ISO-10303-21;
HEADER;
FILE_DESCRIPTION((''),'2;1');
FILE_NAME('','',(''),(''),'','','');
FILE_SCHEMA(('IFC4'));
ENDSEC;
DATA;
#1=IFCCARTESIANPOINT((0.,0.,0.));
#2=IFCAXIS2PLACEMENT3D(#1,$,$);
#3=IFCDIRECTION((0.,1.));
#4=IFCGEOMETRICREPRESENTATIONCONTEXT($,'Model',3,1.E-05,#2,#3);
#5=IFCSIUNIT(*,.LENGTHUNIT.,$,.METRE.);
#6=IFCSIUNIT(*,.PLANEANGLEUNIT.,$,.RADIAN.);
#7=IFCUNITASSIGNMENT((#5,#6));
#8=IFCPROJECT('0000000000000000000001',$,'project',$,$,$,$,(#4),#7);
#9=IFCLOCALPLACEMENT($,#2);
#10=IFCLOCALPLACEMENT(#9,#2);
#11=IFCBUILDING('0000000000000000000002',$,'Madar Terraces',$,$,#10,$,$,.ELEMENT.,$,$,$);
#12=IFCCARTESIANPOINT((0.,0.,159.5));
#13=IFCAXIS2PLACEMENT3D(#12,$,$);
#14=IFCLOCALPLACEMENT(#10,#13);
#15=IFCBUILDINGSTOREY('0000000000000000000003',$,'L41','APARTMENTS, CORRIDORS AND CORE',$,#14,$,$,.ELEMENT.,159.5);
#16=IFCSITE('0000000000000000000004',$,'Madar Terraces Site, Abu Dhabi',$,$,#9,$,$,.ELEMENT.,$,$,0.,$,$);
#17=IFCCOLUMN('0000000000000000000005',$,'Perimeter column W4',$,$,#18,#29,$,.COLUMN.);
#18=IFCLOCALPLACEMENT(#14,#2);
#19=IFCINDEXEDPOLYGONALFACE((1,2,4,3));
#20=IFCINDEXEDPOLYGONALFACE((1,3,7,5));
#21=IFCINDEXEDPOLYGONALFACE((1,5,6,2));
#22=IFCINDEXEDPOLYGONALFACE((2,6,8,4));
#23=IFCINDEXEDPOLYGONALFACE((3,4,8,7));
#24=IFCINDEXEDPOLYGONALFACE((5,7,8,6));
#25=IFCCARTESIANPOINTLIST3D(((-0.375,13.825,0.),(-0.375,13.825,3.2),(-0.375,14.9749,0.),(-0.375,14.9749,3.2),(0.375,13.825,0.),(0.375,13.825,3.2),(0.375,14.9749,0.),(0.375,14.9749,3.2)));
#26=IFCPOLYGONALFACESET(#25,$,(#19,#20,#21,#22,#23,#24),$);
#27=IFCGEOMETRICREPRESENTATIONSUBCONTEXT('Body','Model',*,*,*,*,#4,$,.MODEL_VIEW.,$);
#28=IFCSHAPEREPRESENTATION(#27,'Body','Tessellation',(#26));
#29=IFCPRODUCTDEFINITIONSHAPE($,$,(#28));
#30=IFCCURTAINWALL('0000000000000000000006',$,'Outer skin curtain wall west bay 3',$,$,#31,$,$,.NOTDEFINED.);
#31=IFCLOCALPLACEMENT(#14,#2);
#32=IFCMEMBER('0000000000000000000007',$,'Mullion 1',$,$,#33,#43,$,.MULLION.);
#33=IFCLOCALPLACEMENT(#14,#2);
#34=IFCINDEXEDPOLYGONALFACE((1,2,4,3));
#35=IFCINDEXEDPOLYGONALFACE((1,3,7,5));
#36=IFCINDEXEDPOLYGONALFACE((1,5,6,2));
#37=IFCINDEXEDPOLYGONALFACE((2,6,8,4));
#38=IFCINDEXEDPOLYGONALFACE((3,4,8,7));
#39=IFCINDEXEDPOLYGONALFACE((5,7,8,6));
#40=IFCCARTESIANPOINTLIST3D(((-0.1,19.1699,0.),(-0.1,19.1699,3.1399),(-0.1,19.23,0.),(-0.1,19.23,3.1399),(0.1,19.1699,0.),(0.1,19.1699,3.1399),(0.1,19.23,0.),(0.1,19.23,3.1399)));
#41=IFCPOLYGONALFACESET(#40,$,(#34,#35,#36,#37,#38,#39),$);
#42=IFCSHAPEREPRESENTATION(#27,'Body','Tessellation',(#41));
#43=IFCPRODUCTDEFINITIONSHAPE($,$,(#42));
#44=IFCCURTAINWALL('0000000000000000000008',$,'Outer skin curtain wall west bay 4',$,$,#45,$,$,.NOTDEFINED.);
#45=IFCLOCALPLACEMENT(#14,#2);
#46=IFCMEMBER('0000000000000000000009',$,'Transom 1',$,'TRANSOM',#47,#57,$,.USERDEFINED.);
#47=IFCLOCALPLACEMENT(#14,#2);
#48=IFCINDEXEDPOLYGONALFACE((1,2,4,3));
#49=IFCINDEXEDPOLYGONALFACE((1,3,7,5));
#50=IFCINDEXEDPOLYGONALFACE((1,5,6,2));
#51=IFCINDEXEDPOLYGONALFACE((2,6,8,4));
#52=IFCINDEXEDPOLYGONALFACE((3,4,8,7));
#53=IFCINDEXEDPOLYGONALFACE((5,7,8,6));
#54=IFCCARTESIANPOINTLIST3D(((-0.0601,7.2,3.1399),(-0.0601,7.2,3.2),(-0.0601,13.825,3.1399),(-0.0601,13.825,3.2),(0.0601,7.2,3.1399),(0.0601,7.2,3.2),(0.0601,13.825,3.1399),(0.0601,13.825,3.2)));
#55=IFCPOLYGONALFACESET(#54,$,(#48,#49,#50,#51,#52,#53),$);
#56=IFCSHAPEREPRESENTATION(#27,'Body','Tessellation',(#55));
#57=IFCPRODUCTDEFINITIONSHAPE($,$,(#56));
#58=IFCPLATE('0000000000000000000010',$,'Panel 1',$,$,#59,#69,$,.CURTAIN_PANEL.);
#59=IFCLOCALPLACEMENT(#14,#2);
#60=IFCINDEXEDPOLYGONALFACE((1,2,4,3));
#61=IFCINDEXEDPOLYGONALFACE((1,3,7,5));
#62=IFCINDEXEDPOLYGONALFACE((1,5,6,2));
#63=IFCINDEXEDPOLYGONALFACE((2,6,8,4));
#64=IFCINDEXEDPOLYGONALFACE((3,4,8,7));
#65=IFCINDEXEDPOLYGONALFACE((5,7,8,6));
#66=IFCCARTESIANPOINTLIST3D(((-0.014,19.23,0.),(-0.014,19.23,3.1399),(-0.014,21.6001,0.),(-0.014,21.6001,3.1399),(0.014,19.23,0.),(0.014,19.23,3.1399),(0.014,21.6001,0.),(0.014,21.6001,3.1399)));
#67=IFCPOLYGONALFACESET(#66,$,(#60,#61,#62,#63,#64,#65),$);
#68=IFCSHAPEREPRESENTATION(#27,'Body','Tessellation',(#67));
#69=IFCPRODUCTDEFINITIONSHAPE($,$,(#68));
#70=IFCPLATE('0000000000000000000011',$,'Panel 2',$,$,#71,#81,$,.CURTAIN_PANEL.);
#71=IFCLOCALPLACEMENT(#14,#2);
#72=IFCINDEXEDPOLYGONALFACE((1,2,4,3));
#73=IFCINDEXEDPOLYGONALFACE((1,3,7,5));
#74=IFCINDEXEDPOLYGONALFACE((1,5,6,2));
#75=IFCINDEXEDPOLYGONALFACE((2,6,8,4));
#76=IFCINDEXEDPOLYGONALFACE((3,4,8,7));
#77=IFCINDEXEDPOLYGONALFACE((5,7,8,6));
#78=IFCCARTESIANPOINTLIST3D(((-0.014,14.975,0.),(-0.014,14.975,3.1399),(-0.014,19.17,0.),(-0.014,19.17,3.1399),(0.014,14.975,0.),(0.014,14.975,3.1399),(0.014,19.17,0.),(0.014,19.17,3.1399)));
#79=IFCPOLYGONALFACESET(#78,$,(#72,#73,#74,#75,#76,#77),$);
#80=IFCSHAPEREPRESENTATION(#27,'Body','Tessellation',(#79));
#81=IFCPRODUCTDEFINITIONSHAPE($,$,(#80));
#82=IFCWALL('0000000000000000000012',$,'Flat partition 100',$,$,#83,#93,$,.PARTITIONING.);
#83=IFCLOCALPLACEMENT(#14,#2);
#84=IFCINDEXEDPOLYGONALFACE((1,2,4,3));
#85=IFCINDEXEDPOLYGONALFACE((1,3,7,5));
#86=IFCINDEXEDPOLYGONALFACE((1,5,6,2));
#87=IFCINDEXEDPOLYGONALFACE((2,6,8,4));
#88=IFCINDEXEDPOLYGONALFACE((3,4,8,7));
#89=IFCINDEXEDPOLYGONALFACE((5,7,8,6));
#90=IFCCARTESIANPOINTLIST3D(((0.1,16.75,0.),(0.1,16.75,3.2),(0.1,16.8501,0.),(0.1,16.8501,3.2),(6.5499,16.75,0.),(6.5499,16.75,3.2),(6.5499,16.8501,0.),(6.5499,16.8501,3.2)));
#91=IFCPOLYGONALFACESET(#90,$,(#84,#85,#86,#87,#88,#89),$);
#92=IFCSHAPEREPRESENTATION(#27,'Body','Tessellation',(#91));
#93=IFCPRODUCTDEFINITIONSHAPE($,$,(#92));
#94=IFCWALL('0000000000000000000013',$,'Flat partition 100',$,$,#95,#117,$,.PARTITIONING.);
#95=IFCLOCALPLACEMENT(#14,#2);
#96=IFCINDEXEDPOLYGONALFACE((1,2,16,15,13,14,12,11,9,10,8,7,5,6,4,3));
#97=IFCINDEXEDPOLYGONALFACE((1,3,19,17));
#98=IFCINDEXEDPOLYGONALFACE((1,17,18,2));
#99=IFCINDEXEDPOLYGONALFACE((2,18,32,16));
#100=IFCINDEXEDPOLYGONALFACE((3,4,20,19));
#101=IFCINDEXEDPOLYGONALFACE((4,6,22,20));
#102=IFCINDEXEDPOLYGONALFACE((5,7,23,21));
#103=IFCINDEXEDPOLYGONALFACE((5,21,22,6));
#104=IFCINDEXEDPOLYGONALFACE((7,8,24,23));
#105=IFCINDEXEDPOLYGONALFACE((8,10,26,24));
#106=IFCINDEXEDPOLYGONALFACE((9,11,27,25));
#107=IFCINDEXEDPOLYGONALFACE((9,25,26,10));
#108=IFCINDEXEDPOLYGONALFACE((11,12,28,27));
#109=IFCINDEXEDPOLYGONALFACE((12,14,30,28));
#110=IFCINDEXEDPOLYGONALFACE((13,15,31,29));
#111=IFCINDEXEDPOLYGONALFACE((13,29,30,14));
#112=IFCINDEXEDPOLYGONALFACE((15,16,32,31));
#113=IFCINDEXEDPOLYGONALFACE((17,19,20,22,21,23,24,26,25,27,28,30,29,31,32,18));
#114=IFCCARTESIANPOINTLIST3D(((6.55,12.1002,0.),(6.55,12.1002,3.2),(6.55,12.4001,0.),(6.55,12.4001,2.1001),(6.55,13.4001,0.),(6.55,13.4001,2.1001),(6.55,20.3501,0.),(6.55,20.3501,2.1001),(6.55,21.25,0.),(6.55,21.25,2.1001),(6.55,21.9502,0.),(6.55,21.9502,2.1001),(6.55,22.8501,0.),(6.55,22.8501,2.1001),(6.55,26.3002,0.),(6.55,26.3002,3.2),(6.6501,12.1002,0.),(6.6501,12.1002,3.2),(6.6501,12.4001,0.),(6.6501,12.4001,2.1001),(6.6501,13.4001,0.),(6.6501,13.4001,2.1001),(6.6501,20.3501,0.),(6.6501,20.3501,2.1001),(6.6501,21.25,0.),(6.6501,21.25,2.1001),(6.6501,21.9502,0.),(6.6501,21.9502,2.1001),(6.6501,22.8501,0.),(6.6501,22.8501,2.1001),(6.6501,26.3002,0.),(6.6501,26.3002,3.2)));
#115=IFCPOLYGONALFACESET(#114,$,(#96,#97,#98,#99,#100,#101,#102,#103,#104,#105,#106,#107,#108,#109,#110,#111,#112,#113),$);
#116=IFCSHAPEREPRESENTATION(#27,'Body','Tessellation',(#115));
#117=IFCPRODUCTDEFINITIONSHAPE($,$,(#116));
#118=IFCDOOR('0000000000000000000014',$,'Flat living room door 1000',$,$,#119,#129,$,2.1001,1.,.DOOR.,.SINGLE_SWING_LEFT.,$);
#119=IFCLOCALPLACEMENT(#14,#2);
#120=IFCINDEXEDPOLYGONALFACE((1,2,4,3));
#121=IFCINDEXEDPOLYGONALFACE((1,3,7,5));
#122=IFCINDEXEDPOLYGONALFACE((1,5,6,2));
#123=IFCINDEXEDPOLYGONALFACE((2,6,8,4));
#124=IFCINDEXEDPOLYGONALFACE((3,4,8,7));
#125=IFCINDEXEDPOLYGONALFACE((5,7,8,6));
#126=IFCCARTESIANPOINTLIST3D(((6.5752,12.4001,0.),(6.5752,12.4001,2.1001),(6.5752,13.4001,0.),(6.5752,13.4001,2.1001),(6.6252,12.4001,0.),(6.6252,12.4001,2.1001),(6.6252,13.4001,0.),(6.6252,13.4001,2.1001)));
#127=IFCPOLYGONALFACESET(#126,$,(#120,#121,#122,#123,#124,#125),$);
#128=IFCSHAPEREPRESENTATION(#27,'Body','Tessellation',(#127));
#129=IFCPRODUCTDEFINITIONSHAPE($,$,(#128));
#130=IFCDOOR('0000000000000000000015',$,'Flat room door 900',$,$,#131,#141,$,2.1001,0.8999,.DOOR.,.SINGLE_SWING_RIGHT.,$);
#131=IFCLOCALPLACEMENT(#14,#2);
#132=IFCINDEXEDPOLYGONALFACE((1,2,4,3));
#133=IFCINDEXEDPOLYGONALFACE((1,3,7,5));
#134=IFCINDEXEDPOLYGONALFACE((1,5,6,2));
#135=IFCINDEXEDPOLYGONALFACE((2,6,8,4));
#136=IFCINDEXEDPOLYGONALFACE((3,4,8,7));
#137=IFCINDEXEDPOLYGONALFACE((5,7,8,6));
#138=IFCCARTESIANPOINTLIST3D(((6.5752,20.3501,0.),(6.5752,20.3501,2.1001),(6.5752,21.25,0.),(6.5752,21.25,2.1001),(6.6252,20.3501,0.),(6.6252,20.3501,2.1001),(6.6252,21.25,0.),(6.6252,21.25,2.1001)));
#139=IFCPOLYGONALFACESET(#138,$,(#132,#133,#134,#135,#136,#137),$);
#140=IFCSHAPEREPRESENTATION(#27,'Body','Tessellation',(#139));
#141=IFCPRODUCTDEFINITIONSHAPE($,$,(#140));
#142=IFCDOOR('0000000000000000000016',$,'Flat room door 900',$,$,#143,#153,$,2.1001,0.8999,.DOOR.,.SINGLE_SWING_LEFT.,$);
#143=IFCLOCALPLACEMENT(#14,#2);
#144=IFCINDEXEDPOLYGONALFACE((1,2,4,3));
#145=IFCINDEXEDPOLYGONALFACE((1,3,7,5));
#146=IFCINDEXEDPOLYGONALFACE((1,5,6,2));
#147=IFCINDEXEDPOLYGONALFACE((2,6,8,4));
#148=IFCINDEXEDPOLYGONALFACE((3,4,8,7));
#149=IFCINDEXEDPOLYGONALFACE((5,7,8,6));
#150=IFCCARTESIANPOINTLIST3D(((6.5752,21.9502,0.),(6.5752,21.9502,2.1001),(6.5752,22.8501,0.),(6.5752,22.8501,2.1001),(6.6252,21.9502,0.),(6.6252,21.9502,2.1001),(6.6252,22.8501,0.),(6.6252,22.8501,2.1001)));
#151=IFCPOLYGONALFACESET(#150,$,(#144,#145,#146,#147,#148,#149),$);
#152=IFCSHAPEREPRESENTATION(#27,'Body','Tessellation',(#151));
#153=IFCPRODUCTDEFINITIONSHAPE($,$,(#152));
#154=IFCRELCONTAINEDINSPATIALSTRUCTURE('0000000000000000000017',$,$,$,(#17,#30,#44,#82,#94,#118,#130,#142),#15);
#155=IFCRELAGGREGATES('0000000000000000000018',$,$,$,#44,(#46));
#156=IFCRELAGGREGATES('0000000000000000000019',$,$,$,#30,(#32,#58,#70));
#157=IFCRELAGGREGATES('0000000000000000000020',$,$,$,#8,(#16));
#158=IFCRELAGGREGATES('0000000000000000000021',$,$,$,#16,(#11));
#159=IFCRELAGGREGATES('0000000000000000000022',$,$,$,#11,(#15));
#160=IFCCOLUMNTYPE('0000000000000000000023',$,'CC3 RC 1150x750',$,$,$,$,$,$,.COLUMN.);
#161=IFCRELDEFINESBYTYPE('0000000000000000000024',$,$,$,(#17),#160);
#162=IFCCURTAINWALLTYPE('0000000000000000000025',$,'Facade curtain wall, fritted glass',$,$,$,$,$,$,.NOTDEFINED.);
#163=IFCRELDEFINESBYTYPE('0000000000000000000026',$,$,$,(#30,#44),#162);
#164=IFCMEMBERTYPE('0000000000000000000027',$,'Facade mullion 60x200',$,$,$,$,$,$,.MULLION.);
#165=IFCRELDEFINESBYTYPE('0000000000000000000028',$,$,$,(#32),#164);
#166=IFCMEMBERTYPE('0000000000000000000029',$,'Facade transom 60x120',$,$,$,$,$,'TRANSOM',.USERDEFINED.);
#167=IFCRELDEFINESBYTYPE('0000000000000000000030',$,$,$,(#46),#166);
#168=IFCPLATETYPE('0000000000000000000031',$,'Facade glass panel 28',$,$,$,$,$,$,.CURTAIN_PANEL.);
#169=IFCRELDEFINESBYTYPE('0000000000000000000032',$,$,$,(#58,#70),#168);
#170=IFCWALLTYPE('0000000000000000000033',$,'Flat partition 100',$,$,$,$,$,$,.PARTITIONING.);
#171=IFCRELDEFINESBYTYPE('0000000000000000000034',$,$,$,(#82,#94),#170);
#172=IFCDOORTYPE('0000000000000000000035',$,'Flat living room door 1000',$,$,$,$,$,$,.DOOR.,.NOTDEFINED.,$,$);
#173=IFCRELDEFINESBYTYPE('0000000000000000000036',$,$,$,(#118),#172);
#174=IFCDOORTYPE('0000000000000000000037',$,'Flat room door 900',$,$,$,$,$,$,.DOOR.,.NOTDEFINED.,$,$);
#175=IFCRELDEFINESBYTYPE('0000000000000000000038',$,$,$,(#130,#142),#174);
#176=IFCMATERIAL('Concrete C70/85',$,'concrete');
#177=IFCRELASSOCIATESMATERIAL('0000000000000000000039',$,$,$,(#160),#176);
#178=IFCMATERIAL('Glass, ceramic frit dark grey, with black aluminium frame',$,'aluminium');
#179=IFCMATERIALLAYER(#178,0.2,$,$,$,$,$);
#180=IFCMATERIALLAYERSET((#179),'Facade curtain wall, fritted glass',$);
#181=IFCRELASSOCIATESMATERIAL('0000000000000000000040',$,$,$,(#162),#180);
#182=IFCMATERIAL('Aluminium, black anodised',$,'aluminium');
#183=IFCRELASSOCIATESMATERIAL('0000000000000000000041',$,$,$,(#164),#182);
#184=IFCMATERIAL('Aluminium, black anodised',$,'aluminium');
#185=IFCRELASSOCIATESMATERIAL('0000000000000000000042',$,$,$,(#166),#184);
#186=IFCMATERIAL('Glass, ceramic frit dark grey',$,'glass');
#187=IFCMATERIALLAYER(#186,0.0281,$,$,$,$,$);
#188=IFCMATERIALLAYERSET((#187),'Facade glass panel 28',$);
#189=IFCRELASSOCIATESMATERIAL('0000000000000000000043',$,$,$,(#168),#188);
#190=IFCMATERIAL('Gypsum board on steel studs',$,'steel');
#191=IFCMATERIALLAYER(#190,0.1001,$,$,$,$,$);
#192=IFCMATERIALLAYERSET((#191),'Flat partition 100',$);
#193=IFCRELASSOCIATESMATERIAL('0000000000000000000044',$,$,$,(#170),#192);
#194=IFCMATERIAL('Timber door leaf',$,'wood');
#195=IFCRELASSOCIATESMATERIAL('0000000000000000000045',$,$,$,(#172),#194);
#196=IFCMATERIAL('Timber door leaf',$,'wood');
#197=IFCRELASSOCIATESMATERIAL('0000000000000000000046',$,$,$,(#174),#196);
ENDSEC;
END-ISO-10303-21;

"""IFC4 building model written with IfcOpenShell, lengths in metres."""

from ifc_helpers import new_model, si_unit, direction, frame, frame_2d, origin, origin_2d, place, context, subcontext, project, spatial, rectangle, extrude, material, layer, layer_set, material_profile, profile_set, type_object, element, fill, aggregate, save


model = new_model("IFC4")

# Units and contexts
model_context = context("Model", 3, precision=1e-05, world=origin(), true_north=direction((0.0, 1.0)))
body_context = subcontext(model_context, "Body", "Model", "MODEL_VIEW")
ifc_project = project(units=[si_unit("LENGTHUNIT", "METRE"), si_unit("PLANEANGLEUNIT", "RADIAN")], contexts=[model_context])

# Site, building, storey
site_placement = place(None, origin())
site = spatial("IfcSite", under=ifc_project, at=site_placement, Name="Madar Terraces Site, Abu Dhabi", CompositionType="ELEMENT", RefElevation=0.0)
building_placement = place(site_placement, origin())
building = spatial("IfcBuilding", under=site, at=building_placement, Name="Madar Terraces", CompositionType="ELEMENT")
storey_placement = place(building_placement, frame((0.0, 0.0, 159.5)))
storey = spatial("IfcBuildingStorey", under=building, at=storey_placement, Name="L41", Description="APARTMENTS, CORRIDORS AND CORE", CompositionType="ELEMENT", Elevation=159.5)

# Column
ifc_material_1 = material(Name="Concrete C70/85", Category="concrete")
ifc_material_profile_1 = material_profile(ifc_material_1, rectangle(XDim=1.1499, YDim=0.75, at=origin_2d()), Name="CC3 RC 1150x750")
ifc_profile_set_1 = profile_set([ifc_material_profile_1], Name="Concrete C70/85")
column_type = type_object("IfcColumnType", Name="CC3 RC 1150x750", PredefinedType="COLUMN", material=ifc_profile_set_1)
column_placement = place(storey_placement, frame((0.0, 14.3999, 0.0), z_axis=(0.0, 0.0, 1.0), x_axis=(0.0, 1.0, 0.0)))
element("IfcColumn", 1, at=column_placement, inside=storey, type_object=column_type, Name="Perimeter column W4", PredefinedType="COLUMN", context=body_context, shape_type="SweptSolid", body=[
    extrude(rectangle(XDim=1.1499, YDim=0.75, at=origin_2d()), origin(), (0.0, 0.0, 1.0), 3.2),
])

# Curtain walls, members
ifc_material_2 = material(Name="Glass, ceramic frit dark grey, with black aluminium frame", Category="aluminium")
ifc_layer_1 = layer(ifc_material_2, 0.2)
ifc_layer_set_1 = layer_set([ifc_layer_1], Name="Facade curtain wall, fritted glass")
curtain_wall_type = type_object("IfcCurtainWallType", Name="Facade curtain wall, fritted glass", PredefinedType="NOTDEFINED", material=ifc_layer_set_1)
curtain_wall_1_placement = place(storey_placement, origin())
curtain_wall_1 = element("IfcCurtainWall", 2, at=curtain_wall_1_placement, inside=storey, type_object=curtain_wall_type, Name="Outer skin curtain wall west bay 3", PredefinedType="NOTDEFINED")
ifc_material_3 = material(Name="Aluminium, black anodised", Category="aluminium")
ifc_material_profile_2 = material_profile(ifc_material_3, rectangle(XDim=0.2, YDim=0.0601, at=origin_2d()), Name="Facade mullion 60x200")
ifc_profile_set_2 = profile_set([ifc_material_profile_2], Name="Aluminium, black anodised")
member_type_1 = type_object("IfcMemberType", Name="Facade mullion 60x200", PredefinedType="MULLION", material=ifc_profile_set_2)
member_1_placement = place(storey_placement, frame((0.0, 19.2, 0.0), z_axis=(0.0, 0.0, 1.0), x_axis=(1.0, 0.0, 0.0)))
member_1 = element("IfcMember", 3, at=member_1_placement, type_object=member_type_1, Name="Mullion 1", PredefinedType="MULLION", context=body_context, shape_type="SweptSolid", body=[
    extrude(rectangle(XDim=0.2, YDim=0.0601, at=origin_2d()), origin(), (0.0, 0.0, 1.0), 3.1399),
])
curtain_wall_2_placement = place(storey_placement, origin())
curtain_wall_2 = element("IfcCurtainWall", 4, at=curtain_wall_2_placement, inside=storey, type_object=curtain_wall_type, Name="Outer skin curtain wall west bay 4", PredefinedType="NOTDEFINED")
ifc_material_4 = material(Name="Aluminium, black anodised", Category="aluminium")
ifc_material_profile_3 = material_profile(ifc_material_4, rectangle(XDim=0.1201, YDim=0.0601, at=origin_2d()), Name="Facade transom 60x120")
ifc_profile_set_3 = profile_set([ifc_material_profile_3], Name="Aluminium, black anodised")
member_type_2 = type_object("IfcMemberType", Name="Facade transom 60x120", ElementType="TRANSOM", PredefinedType="USERDEFINED", material=ifc_profile_set_3)
member_2_placement = place(storey_placement, frame((0.0, 13.825, 3.1699), z_axis=(0.0, -1.0, 0.0), x_axis=(1.0, 0.0, 0.0)))
member_2 = element("IfcMember", 5, at=member_2_placement, type_object=member_type_2, Name="Transom 1", ObjectType="TRANSOM", PredefinedType="USERDEFINED", context=body_context, shape_type="SweptSolid", body=[
    extrude(rectangle(XDim=0.1201, YDim=0.0601, at=origin_2d()), origin(), (0.0, 0.0, 1.0), 6.625),
])
aggregate(curtain_wall_2, [member_2])

# Plates
ifc_material_5 = material(Name="Glass, ceramic frit dark grey", Category="glass")
ifc_layer_2 = layer(ifc_material_5, 0.0281)
ifc_layer_set_2 = layer_set([ifc_layer_2], Name="Facade glass panel 28")
plate_type = type_object("IfcPlateType", Name="Facade glass panel 28", PredefinedType="CURTAIN_PANEL", material=ifc_layer_set_2)
plate_1_placement = place(storey_placement, frame((0.0, 20.415, 0.0), z_axis=(0.0, 0.0, 1.0), x_axis=(0.0, -1.0, 0.0)))
plate_1 = element("IfcPlate", 6, at=plate_1_placement, type_object=plate_type, Name="Panel 1", PredefinedType="CURTAIN_PANEL", context=body_context, shape_type="SweptSolid", body=[
    extrude(rectangle(XDim=2.3701, YDim=0.0281, at=origin_2d()), origin(), (0.0, 0.0, 1.0), 3.1399),
])
plate_2_placement = place(storey_placement, frame((0.0, 17.0725, 0.0), z_axis=(0.0, 0.0, 1.0), x_axis=(0.0, -1.0, 0.0)))
plate_2 = element("IfcPlate", 7, at=plate_2_placement, type_object=plate_type, Name="Panel 2", PredefinedType="CURTAIN_PANEL", context=body_context, shape_type="SweptSolid", body=[
    extrude(rectangle(XDim=4.1951, YDim=0.0281, at=origin_2d()), origin(), (0.0, 0.0, 1.0), 3.1399),
])
aggregate(curtain_wall_1, [member_1, plate_1, plate_2])

# Wall
ifc_material_6 = material(Name="Gypsum board on steel studs", Category="steel")
ifc_layer_3 = layer(ifc_material_6, 0.1001)
ifc_layer_set_3 = layer_set([ifc_layer_3], Name="Flat partition 100")
wall_type_1 = type_object("IfcWallType", Name="Flat partition 100", PredefinedType="PARTITIONING", material=ifc_layer_set_3)
wall_1_placement = place(storey_placement, frame((6.55, 16.8, 0.0), z_axis=(0.0, 0.0, 1.0), x_axis=(-1.0, 0.0, 0.0)))
element("IfcWall", 8, at=wall_1_placement, inside=storey, type_object=wall_type_1, Name="Flat partition 100", PredefinedType="PARTITIONING", context=body_context, shape_type="SweptSolid", body=[
    extrude(rectangle(XDim=6.45, YDim=0.1001, at=frame_2d((3.2251, 0.0))), origin(), (0.0, 0.0, 1.0), 3.2),
])

# Wall, openings, doors
wall_2_placement = place(storey_placement, frame((6.6001, 12.1001, 0.0), z_axis=(0.0, 0.0, 1.0), x_axis=(0.0, 1.0, 0.0)))
wall_2 = element("IfcWall", 9, at=wall_2_placement, inside=storey, type_object=wall_type_1, Name="Flat partition 100", PredefinedType="PARTITIONING", context=body_context, shape_type="SweptSolid", body=[
    extrude(rectangle(XDim=14.2, YDim=0.1001, at=frame_2d((7.1001, 0.0))), origin(), (0.0, 0.0, 1.0), 3.2),
])
opening_1_placement = place(wall_2_placement, frame((0.3, 0.0, 0.0)))
opening_1 = element("IfcOpeningElement", 10, at=opening_1_placement, cuts=wall_2, PredefinedType="OPENING", context=body_context, shape_type="SweptSolid", body=[
    extrude(rectangle(XDim=1.0, YDim=2.1001, at=frame_2d((0.5, 1.05))), frame((0.0, 0.0601, 0.0), z_axis=(0.0, -1.0, 0.0), x_axis=(1.0, 0.0, 0.0)), (0.0, 0.0, 1.0), 0.1201),
])
opening_2_placement = place(wall_2_placement, frame((8.25, 0.0, 0.0)))
opening_2 = element("IfcOpeningElement", 11, at=opening_2_placement, cuts=wall_2, PredefinedType="OPENING", context=body_context, shape_type="SweptSolid", body=[
    extrude(rectangle(XDim=0.8999, YDim=2.1001, at=frame_2d((0.45, 1.05))), frame((0.0, 0.0601, 0.0), z_axis=(0.0, -1.0, 0.0), x_axis=(1.0, 0.0, 0.0)), (0.0, 0.0, 1.0), 0.1201),
])
opening_3_placement = place(wall_2_placement, frame((9.8501, 0.0, 0.0)))
opening_3 = element("IfcOpeningElement", 12, at=opening_3_placement, cuts=wall_2, PredefinedType="OPENING", context=body_context, shape_type="SweptSolid", body=[
    extrude(rectangle(XDim=0.8999, YDim=2.1001, at=frame_2d((0.45, 1.05))), frame((0.0, 0.0601, 0.0), z_axis=(0.0, -1.0, 0.0), x_axis=(1.0, 0.0, 0.0)), (0.0, 0.0, 1.0), 0.1201),
])
ifc_material_7 = material(Name="Timber door leaf", Category="wood")
door_type_1 = type_object("IfcDoorType", Name="Flat living room door 1000", OperationType="NOTDEFINED", PredefinedType="DOOR", material=ifc_material_7)
door_1_placement = place(opening_1_placement, origin())
door_1 = element("IfcDoor", 13, at=door_1_placement, inside=storey, type_object=door_type_1, Name="Flat living room door 1000", OperationType="SINGLE_SWING_LEFT", OverallHeight=2.1001, OverallWidth=1.0, PredefinedType="DOOR", context=body_context, shape_type="SweptSolid", body=[
    extrude(rectangle(XDim=1.0, YDim=2.1001, at=frame_2d((0.5, 1.05))), frame((0.0, 0.0249, 0.0), z_axis=(0.0, -1.0, 0.0), x_axis=(1.0, 0.0, 0.0)), (0.0, 0.0, 1.0), 0.05),
])
fill(opening_1, door_1)
ifc_material_8 = material(Name="Timber door leaf", Category="wood")
door_type_2 = type_object("IfcDoorType", Name="Flat room door 900", OperationType="NOTDEFINED", PredefinedType="DOOR", material=ifc_material_8)
door_2_placement = place(opening_2_placement, origin())
door_2 = element("IfcDoor", 14, at=door_2_placement, inside=storey, type_object=door_type_2, Name="Flat room door 900", OperationType="SINGLE_SWING_RIGHT", OverallHeight=2.1001, OverallWidth=0.8999, PredefinedType="DOOR", context=body_context, shape_type="SweptSolid", body=[
    extrude(rectangle(XDim=0.8999, YDim=2.1001, at=frame_2d((0.45, 1.05))), frame((0.0, 0.0249, 0.0), z_axis=(0.0, -1.0, 0.0), x_axis=(1.0, 0.0, 0.0)), (0.0, 0.0, 1.0), 0.05),
])
fill(opening_2, door_2)
door_3_placement = place(opening_3_placement, origin())
door_3 = element("IfcDoor", 15, at=door_3_placement, inside=storey, type_object=door_type_2, Name="Flat room door 900", OperationType="SINGLE_SWING_LEFT", OverallHeight=2.1001, OverallWidth=0.8999, PredefinedType="DOOR", context=body_context, shape_type="SweptSolid", body=[
    extrude(rectangle(XDim=0.8999, YDim=2.1001, at=frame_2d((0.45, 1.05))), frame((0.0, 0.0249, 0.0), z_axis=(0.0, -1.0, 0.0), x_axis=(1.0, 0.0, 0.0)), (0.0, 0.0, 1.0), 0.05),
])
fill(opening_3, door_3)

save(model, "model.ifc")
